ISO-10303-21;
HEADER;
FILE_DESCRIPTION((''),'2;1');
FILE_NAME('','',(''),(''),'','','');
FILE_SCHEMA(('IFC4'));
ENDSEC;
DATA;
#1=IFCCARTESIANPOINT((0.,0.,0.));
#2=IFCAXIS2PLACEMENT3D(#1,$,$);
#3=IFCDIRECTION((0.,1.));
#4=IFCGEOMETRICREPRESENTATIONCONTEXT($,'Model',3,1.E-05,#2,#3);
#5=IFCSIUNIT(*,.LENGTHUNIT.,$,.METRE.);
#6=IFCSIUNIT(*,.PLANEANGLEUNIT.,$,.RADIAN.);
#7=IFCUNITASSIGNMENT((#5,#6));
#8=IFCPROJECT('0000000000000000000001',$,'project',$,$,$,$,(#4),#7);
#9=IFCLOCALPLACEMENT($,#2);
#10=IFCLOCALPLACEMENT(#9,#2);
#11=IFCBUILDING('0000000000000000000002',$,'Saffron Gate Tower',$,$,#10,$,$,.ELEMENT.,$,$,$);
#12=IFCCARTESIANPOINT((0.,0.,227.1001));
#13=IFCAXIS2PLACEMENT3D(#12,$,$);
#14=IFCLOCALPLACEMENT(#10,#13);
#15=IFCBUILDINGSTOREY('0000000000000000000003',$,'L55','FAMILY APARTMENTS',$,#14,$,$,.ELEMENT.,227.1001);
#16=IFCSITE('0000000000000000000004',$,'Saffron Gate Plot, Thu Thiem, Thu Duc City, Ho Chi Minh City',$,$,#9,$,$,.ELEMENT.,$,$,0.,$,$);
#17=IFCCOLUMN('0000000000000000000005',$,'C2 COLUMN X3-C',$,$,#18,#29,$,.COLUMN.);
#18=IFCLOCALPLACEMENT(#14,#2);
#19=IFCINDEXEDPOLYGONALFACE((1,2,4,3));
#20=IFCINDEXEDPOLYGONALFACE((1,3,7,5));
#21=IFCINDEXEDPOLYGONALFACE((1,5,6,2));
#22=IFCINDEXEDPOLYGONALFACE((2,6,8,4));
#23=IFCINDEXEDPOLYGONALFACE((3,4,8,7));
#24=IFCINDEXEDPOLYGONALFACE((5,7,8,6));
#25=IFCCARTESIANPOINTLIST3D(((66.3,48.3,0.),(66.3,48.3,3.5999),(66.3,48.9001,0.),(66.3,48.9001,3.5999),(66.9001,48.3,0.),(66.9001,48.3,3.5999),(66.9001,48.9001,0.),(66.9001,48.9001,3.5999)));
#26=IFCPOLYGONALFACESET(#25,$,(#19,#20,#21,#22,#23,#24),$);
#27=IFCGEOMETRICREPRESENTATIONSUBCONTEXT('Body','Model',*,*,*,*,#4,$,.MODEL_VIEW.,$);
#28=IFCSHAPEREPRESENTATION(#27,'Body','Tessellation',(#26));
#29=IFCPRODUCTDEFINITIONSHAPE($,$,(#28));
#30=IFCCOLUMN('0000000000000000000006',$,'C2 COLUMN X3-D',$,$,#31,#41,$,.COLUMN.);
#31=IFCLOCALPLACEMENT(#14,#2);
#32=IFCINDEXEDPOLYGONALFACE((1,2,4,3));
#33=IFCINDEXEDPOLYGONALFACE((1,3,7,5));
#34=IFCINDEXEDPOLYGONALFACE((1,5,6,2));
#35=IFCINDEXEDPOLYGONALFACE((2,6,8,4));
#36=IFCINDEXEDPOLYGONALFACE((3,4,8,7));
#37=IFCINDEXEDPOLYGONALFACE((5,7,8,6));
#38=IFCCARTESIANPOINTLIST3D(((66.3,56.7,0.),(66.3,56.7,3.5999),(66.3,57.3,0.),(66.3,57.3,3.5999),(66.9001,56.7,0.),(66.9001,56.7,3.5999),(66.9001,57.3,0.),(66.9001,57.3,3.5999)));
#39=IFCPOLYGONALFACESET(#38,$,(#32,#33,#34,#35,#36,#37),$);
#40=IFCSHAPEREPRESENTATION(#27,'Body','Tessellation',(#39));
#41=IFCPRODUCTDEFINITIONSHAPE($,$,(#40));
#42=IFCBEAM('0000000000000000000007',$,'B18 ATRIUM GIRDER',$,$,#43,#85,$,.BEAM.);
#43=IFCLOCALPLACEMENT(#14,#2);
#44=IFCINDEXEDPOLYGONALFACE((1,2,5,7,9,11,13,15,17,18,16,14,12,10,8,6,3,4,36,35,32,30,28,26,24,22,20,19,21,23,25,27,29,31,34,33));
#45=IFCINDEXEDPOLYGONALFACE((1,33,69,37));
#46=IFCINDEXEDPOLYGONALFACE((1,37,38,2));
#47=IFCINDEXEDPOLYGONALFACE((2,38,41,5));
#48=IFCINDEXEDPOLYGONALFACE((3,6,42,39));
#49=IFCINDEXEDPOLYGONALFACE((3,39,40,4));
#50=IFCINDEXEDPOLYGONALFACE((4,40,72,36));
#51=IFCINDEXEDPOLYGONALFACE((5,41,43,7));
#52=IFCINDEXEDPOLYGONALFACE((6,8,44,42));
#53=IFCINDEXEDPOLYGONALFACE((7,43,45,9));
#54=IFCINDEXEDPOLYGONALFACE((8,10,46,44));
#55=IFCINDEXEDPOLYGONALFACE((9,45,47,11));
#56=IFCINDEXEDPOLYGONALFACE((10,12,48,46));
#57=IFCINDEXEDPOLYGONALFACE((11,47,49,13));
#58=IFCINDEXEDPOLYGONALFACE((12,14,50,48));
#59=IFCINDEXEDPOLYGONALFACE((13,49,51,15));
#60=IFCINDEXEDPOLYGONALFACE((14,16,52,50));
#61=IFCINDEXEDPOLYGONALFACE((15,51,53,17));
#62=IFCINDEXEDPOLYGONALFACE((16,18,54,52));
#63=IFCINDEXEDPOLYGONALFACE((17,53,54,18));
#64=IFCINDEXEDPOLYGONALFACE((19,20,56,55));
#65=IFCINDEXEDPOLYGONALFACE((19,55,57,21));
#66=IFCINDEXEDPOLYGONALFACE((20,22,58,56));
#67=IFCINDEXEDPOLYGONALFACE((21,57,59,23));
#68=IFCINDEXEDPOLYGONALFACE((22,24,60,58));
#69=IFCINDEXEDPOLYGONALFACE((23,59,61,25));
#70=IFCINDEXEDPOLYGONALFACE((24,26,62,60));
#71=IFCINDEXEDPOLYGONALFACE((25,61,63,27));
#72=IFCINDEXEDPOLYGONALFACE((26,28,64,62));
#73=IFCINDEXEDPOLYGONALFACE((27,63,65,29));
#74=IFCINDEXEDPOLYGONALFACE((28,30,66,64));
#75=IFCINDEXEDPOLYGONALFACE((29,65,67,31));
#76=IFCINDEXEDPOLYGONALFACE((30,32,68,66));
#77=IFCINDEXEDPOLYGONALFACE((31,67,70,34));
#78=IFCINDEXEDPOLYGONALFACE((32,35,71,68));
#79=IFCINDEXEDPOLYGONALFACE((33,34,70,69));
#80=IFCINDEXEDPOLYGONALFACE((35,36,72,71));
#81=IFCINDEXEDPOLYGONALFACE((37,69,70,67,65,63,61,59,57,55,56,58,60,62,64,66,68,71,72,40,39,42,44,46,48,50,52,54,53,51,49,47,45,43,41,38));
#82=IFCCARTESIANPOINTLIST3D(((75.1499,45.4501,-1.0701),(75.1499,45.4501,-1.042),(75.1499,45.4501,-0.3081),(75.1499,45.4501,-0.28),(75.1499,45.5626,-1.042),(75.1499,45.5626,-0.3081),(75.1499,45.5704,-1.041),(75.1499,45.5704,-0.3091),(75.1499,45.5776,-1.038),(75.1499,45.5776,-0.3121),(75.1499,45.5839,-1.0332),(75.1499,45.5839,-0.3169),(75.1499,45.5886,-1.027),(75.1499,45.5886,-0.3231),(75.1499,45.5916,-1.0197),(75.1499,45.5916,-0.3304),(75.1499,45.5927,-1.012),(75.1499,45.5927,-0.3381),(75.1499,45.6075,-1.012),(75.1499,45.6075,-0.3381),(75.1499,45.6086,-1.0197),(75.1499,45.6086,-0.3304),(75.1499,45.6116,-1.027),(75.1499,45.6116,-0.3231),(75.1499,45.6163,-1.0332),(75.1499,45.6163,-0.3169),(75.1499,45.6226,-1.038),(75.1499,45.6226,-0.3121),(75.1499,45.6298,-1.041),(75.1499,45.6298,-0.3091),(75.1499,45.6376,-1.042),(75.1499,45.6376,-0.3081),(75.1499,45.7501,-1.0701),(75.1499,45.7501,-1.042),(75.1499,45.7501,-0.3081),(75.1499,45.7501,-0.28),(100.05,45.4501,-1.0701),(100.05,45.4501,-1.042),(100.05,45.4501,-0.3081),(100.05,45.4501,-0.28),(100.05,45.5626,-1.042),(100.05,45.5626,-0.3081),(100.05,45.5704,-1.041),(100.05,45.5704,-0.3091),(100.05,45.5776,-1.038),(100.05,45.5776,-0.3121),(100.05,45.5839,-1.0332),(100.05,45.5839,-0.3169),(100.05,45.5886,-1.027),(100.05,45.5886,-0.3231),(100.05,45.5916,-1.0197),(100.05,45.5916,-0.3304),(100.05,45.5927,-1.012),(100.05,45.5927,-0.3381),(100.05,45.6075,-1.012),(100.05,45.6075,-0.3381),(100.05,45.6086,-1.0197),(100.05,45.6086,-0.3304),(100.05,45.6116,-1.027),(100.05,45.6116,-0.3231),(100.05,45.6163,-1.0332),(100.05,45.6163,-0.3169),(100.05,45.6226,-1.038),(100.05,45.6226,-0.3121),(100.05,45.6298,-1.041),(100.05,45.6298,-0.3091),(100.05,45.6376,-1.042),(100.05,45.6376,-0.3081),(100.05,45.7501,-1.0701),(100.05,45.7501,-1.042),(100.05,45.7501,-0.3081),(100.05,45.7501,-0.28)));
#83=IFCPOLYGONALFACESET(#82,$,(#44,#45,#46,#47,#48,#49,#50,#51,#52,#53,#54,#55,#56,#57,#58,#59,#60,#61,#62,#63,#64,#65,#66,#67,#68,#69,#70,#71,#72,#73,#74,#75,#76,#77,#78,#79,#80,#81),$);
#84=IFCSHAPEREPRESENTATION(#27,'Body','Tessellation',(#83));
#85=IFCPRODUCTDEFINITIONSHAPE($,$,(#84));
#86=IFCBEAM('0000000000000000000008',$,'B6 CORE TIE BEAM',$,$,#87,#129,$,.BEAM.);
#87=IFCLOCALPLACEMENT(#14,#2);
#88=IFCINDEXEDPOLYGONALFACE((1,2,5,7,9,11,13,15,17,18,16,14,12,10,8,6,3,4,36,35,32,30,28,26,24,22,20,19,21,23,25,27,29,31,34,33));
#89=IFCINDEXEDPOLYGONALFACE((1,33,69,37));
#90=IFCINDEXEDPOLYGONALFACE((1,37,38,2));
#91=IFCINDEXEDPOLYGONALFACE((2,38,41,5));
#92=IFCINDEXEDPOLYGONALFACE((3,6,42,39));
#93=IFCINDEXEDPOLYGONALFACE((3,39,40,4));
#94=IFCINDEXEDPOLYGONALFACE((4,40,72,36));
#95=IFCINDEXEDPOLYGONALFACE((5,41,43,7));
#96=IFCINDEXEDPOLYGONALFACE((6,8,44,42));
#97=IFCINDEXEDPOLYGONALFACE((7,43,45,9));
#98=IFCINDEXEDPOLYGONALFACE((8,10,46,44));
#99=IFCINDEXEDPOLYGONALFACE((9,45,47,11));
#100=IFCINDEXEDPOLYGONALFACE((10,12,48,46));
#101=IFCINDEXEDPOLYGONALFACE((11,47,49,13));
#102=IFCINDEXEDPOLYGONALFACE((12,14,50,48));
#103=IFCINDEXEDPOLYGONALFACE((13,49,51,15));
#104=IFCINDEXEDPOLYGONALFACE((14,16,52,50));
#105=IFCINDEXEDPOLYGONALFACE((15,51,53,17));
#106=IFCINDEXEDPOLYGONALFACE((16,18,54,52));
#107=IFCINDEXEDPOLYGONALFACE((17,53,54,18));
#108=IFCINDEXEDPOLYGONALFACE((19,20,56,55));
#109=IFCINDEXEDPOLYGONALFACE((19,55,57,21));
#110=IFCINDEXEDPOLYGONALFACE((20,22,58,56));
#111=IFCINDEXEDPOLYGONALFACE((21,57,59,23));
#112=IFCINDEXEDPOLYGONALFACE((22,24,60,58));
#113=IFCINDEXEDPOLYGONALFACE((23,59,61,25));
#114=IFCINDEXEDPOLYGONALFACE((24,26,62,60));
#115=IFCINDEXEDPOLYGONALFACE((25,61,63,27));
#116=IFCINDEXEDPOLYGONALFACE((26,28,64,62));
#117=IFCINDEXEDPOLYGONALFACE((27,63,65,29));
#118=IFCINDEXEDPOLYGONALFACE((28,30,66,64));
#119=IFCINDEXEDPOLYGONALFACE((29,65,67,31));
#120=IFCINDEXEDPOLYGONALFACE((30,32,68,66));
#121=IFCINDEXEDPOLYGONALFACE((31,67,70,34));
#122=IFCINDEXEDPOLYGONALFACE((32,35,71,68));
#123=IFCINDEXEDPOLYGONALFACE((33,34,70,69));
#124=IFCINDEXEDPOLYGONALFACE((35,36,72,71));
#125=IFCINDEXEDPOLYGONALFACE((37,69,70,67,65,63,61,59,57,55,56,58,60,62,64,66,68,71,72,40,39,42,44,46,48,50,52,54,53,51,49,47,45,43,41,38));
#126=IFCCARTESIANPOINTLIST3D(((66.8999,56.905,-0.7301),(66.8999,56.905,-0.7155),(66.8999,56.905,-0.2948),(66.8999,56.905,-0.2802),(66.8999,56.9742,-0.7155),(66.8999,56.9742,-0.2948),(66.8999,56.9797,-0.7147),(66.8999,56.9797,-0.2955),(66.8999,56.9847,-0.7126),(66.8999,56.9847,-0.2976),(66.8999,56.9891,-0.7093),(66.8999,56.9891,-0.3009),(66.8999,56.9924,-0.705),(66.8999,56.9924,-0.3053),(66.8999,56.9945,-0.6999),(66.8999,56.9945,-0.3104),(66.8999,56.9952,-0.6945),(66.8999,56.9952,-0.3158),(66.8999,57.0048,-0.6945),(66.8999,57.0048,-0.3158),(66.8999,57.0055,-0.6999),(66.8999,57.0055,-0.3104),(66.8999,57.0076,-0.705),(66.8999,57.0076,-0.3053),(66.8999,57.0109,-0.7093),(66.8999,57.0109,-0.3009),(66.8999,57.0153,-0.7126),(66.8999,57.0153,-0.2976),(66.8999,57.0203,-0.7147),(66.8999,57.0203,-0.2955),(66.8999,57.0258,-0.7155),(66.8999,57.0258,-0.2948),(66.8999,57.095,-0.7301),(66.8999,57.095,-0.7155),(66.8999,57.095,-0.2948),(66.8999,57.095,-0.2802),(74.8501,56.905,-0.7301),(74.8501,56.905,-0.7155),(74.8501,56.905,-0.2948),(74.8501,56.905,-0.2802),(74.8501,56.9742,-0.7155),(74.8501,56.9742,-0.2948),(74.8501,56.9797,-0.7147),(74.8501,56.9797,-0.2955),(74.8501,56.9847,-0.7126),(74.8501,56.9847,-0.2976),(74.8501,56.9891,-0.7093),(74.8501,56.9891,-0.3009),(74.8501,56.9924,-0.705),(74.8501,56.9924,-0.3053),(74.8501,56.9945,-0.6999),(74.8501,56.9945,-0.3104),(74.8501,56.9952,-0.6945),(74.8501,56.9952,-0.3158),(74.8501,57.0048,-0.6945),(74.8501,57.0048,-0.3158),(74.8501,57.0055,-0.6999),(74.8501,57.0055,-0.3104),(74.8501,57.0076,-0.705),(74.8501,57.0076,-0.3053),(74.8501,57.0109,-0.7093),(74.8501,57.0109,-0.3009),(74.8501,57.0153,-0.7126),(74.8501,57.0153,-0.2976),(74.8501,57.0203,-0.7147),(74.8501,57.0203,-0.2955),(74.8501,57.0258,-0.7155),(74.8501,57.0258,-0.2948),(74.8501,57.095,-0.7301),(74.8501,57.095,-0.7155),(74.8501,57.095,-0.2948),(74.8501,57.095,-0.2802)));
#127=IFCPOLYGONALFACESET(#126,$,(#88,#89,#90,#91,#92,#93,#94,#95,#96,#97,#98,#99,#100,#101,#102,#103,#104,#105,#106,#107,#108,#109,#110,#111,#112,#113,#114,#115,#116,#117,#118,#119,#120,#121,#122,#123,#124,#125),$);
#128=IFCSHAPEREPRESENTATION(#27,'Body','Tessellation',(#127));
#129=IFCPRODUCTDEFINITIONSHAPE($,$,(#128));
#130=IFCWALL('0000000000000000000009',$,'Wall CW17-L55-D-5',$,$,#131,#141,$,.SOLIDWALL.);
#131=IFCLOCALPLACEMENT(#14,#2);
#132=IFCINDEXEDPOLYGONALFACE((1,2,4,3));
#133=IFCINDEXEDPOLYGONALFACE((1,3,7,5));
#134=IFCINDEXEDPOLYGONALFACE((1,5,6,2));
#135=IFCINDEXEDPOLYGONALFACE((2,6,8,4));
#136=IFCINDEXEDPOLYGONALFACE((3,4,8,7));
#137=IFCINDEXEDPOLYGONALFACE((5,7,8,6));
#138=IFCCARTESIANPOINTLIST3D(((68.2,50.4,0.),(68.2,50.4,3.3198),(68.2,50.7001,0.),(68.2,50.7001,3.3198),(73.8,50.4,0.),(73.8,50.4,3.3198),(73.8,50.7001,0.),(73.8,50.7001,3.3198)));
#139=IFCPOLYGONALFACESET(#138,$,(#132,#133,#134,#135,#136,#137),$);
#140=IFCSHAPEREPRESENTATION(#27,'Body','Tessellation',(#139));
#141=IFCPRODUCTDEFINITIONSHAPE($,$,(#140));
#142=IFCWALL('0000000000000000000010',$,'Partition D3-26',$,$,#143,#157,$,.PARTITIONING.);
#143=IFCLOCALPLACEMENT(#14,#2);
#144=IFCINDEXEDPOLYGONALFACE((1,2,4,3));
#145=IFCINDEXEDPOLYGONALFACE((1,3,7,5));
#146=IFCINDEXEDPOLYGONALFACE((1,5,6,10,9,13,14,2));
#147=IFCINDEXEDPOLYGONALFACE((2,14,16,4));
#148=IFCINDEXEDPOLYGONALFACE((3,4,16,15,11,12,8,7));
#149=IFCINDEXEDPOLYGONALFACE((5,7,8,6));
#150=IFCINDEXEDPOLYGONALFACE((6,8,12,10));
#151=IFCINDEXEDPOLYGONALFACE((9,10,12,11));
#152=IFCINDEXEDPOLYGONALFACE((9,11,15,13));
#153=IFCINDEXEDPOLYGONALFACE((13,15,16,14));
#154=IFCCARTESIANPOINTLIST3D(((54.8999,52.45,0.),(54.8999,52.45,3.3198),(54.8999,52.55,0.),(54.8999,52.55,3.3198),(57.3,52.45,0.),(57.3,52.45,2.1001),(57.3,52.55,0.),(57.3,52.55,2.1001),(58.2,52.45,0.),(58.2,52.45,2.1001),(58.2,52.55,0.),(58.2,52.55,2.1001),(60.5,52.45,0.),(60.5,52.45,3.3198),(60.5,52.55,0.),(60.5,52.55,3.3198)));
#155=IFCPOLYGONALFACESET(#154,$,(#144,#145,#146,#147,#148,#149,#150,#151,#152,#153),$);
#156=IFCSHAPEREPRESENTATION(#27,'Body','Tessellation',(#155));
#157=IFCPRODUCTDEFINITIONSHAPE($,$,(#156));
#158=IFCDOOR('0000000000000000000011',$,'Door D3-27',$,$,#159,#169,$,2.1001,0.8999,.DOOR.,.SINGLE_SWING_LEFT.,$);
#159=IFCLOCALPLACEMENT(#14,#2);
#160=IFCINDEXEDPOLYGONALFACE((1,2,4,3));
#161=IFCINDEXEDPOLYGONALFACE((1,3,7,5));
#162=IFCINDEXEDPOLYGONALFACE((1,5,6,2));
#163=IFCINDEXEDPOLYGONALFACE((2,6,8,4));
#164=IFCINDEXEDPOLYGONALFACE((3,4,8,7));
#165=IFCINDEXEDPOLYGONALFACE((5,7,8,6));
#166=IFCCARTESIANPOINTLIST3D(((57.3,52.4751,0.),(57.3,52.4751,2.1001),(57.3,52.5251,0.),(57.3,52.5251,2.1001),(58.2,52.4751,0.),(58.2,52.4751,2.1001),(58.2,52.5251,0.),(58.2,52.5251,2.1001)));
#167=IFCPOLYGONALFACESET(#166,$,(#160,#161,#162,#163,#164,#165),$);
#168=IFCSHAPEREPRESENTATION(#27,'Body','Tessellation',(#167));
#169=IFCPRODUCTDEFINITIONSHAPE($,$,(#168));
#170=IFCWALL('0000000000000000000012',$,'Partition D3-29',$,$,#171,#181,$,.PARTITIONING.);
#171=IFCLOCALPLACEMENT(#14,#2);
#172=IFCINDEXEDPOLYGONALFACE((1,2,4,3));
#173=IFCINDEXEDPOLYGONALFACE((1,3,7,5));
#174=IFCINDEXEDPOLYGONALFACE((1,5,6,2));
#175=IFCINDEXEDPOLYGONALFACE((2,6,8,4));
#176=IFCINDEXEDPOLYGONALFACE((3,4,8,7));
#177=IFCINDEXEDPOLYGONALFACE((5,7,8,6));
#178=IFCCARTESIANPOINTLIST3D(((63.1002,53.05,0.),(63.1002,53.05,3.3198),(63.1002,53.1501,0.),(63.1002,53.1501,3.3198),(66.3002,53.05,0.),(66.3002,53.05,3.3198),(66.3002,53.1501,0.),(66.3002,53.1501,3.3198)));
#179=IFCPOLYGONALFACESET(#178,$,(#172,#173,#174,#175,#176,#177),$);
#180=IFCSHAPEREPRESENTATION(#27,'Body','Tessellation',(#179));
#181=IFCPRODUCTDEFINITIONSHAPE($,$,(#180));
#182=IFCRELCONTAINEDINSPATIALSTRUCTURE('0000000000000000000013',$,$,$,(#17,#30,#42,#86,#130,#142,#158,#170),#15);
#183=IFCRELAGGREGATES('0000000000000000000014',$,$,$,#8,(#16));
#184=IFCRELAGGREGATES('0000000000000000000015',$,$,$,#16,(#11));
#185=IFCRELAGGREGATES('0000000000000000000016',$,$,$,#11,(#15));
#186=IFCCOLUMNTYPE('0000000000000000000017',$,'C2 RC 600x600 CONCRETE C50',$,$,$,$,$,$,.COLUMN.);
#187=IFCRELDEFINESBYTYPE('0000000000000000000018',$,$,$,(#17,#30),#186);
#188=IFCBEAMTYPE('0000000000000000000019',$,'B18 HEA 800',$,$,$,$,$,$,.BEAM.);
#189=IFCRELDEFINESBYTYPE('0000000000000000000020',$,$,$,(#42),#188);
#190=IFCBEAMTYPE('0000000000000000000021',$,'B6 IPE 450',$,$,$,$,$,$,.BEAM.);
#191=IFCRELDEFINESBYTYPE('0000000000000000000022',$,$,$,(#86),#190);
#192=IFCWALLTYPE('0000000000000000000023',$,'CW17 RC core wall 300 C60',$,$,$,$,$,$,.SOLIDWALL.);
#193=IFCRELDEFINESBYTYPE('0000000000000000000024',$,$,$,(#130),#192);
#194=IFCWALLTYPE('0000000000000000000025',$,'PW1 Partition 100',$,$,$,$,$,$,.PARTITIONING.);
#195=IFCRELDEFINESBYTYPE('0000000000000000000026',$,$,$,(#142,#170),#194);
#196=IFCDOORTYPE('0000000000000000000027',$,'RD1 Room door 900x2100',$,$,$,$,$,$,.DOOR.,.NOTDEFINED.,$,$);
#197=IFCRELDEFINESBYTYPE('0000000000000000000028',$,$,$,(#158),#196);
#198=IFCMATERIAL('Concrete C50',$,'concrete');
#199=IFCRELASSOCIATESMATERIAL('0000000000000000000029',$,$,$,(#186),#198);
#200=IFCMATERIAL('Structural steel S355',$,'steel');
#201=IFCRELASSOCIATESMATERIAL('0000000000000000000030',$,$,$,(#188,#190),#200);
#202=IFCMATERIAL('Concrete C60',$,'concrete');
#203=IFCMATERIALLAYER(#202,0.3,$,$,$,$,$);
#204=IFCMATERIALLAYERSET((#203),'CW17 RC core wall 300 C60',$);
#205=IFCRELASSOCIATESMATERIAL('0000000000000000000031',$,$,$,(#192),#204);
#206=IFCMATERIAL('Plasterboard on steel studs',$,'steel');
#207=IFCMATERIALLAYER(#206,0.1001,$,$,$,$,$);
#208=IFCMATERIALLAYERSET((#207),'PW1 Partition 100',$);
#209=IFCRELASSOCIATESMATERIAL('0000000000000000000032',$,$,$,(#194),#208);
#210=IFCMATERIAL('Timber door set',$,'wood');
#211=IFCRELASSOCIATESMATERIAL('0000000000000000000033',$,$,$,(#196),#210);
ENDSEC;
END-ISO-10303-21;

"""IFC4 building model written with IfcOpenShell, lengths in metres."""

from ifc_helpers import new_model, si_unit, direction, frame, frame_2d, origin, origin_2d, place, context, subcontext, project, spatial, rectangle, i_section, extrude, material, layer, layer_set, material_profile, profile_set, type_object, element, fill, save


model = new_model("IFC4")

# Units and contexts
model_context = context("Model", 3, precision=1e-05, world=origin(), true_north=direction((0.0, 1.0)))
body_context = subcontext(model_context, "Body", "Model", "MODEL_VIEW")
ifc_project = project(units=[si_unit("LENGTHUNIT", "METRE"), si_unit("PLANEANGLEUNIT", "RADIAN")], contexts=[model_context])

# Site, building, storey
site_placement = place(None, origin())
site = spatial("IfcSite", under=ifc_project, at=site_placement, Name="Saffron Gate Plot, Thu Thiem, Thu Duc City, Ho Chi Minh City", CompositionType="ELEMENT", RefElevation=0.0)
building_placement = place(site_placement, origin())
building = spatial("IfcBuilding", under=site, at=building_placement, Name="Saffron Gate Tower", CompositionType="ELEMENT")
storey_placement = place(building_placement, frame((0.0, 0.0, 227.1001)))
storey = spatial("IfcBuildingStorey", under=building, at=storey_placement, Name="L55", Description="FAMILY APARTMENTS", CompositionType="ELEMENT", Elevation=227.1001)

# Columns
ifc_material_1 = material(Name="Concrete C50", Category="concrete")
ifc_material_profile_1 = material_profile(ifc_material_1, rectangle(XDim=0.6001, YDim=0.6001, at=origin_2d()))
ifc_profile_set_1 = profile_set([ifc_material_profile_1], Name="Concrete C50")
column_type = type_object("IfcColumnType", Name="C2 RC 600x600 CONCRETE C50", PredefinedType="COLUMN", material=ifc_profile_set_1)
for number, where, z_axis, x_axis, name in (
    (1, (66.6001, 48.6001, 0.0), (0.0, 0.0, 1.0), (1.0, 0.0, 0.0), "C2 COLUMN X3-C"),
    (2, (66.6001, 57.0, 0.0), (0.0, 0.0, 1.0), (1.0, 0.0, 0.0), "C2 COLUMN X3-D"),
):
    element("IfcColumn", number, at=place(storey_placement, frame(where, z_axis=z_axis, x_axis=x_axis)), inside=storey, type_object=column_type, Name=name, PredefinedType="COLUMN", context=body_context, shape_type="SweptSolid", body=[
        extrude(rectangle(XDim=0.6001, YDim=0.6001, at=origin_2d()), origin(), (0.0, 0.0, 1.0), 3.5999),
    ])

# Beams
ifc_material_2 = material(Name="Structural steel S355", Category="steel")
ifc_material_profile_2 = material_profile(ifc_material_2, i_section(OverallWidth=0.3, OverallDepth=0.79, WebThickness=0.0149, FlangeThickness=0.0281, FilletRadius=0.03, at=origin_2d()))
ifc_profile_set_2 = profile_set([ifc_material_profile_2], Name="Structural steel S355")
beam_type_1 = type_object("IfcBeamType", Name="B18 HEA 800", PredefinedType="BEAM", material=ifc_profile_set_2)
beam_1_placement = place(storey_placement, frame((75.1499, 45.6001, -0.675), z_axis=(1.0, 0.0, 0.0), x_axis=(0.0, 1.0, 0.0)))
element("IfcBeam", 3, at=beam_1_placement, inside=storey, type_object=beam_type_1, Name="B18 ATRIUM GIRDER", PredefinedType="BEAM", context=body_context, shape_type="SweptSolid", body=[
    extrude(i_section(OverallWidth=0.3, OverallDepth=0.79, WebThickness=0.0149, FlangeThickness=0.0281, FilletRadius=0.03, at=origin_2d()), origin(), (0.0, 0.0, 1.0), 24.9001),
])
ifc_material_profile_3 = material_profile(ifc_material_2, i_section(OverallWidth=0.1899, OverallDepth=0.45, WebThickness=0.0095, FlangeThickness=0.0146, FilletRadius=0.021, at=origin_2d()))
ifc_profile_set_3 = profile_set([ifc_material_profile_3], Name="Structural steel S355")
beam_type_2 = type_object("IfcBeamType", Name="B6 IPE 450", PredefinedType="BEAM", material=ifc_profile_set_3)
beam_2_placement = place(storey_placement, frame((66.8999, 57.0, -0.5051), z_axis=(1.0, 0.0, 0.0), x_axis=(0.0, 1.0, 0.0)))
element("IfcBeam", 4, at=beam_2_placement, inside=storey, type_object=beam_type_2, Name="B6 CORE TIE BEAM", PredefinedType="BEAM", context=body_context, shape_type="SweptSolid", body=[
    extrude(i_section(OverallWidth=0.1899, OverallDepth=0.45, WebThickness=0.0095, FlangeThickness=0.0146, FilletRadius=0.021, at=origin_2d()), origin(), (0.0, 0.0, 1.0), 7.9502),
])

# Wall
ifc_material_3 = material(Name="Concrete C60", Category="concrete")
ifc_layer_1 = layer(ifc_material_3, 0.3)
ifc_layer_set_1 = layer_set([ifc_layer_1], Name="CW17 RC core wall 300 C60")
wall_type_1 = type_object("IfcWallType", Name="CW17 RC core wall 300 C60", PredefinedType="SOLIDWALL", material=ifc_layer_set_1)
wall_1_placement = place(storey_placement, frame((68.2, 50.55, 0.0), z_axis=(0.0, 0.0, 1.0), x_axis=(1.0, 0.0, 0.0)))
element("IfcWall", 5, at=wall_1_placement, inside=storey, type_object=wall_type_1, Name="Wall CW17-L55-D-5", PredefinedType="SOLIDWALL", context=body_context, shape_type="SweptSolid", body=[
    extrude(rectangle(XDim=5.6001, YDim=0.3, at=frame_2d((2.8, 0.0))), origin(), (0.0, 0.0, 1.0), 3.3198),
])

# Wall, opening, door
ifc_material_4 = material(Name="Plasterboard on steel studs", Category="steel")
ifc_layer_2 = layer(ifc_material_4, 0.1001)
ifc_layer_set_2 = layer_set([ifc_layer_2], Name="PW1 Partition 100")
wall_type_2 = type_object("IfcWallType", Name="PW1 Partition 100", PredefinedType="PARTITIONING", material=ifc_layer_set_2)
wall_2_placement = place(storey_placement, frame((60.5, 52.5, 0.0), z_axis=(0.0, 0.0, 1.0), x_axis=(-1.0, 0.0, 0.0)))
wall_2 = element("IfcWall", 6, at=wall_2_placement, inside=storey, type_object=wall_type_2, Name="Partition D3-26", PredefinedType="PARTITIONING", context=body_context, shape_type="SweptSolid", body=[
    extrude(rectangle(XDim=5.6001, YDim=0.1001, at=frame_2d((2.8, 0.0))), origin(), (0.0, 0.0, 1.0), 3.3198),
])
opening_1_placement = place(wall_2_placement, frame((2.3, 0.0, 0.0)))
opening_1 = element("IfcOpeningElement", 7, at=opening_1_placement, cuts=wall_2, PredefinedType="OPENING", context=body_context, shape_type="SweptSolid", body=[
    extrude(rectangle(XDim=0.8999, YDim=2.1001, at=frame_2d((0.45, 1.05))), frame((0.0, 0.0601, 0.0), z_axis=(0.0, -1.0, 0.0), x_axis=(1.0, 0.0, 0.0)), (0.0, 0.0, 1.0), 0.1201),
])
ifc_material_5 = material(Name="Timber door set", Category="wood")
door_type_1 = type_object("IfcDoorType", Name="RD1 Room door 900x2100", OperationType="NOTDEFINED", PredefinedType="DOOR", material=ifc_material_5)
door_1_placement = place(opening_1_placement, origin())
door_1 = element("IfcDoor", 8, at=door_1_placement, inside=storey, type_object=door_type_1, Name="Door D3-27", OperationType="SINGLE_SWING_LEFT", OverallHeight=2.1001, OverallWidth=0.8999, PredefinedType="DOOR", context=body_context, shape_type="SweptSolid", body=[
    extrude(rectangle(XDim=0.8999, YDim=2.1001, at=frame_2d((0.45, 1.05))), frame((0.0, 0.0249, 0.0), z_axis=(0.0, -1.0, 0.0), x_axis=(1.0, 0.0, 0.0)), (0.0, 0.0, 1.0), 0.05),
])
fill(opening_1, door_1)

# Wall
wall_3_placement = place(storey_placement, frame((63.1001, 53.1001, 0.0), z_axis=(0.0, 0.0, 1.0), x_axis=(1.0, 0.0, 0.0)))
element("IfcWall", 9, at=wall_3_placement, inside=storey, type_object=wall_type_2, Name="Partition D3-29", PredefinedType="PARTITIONING", context=body_context, shape_type="SweptSolid", body=[
    extrude(rectangle(XDim=3.2, YDim=0.1001, at=frame_2d((1.6001, 0.0))), origin(), (0.0, 0.0, 1.0), 3.3198),
])

save(model, "model.ifc")
